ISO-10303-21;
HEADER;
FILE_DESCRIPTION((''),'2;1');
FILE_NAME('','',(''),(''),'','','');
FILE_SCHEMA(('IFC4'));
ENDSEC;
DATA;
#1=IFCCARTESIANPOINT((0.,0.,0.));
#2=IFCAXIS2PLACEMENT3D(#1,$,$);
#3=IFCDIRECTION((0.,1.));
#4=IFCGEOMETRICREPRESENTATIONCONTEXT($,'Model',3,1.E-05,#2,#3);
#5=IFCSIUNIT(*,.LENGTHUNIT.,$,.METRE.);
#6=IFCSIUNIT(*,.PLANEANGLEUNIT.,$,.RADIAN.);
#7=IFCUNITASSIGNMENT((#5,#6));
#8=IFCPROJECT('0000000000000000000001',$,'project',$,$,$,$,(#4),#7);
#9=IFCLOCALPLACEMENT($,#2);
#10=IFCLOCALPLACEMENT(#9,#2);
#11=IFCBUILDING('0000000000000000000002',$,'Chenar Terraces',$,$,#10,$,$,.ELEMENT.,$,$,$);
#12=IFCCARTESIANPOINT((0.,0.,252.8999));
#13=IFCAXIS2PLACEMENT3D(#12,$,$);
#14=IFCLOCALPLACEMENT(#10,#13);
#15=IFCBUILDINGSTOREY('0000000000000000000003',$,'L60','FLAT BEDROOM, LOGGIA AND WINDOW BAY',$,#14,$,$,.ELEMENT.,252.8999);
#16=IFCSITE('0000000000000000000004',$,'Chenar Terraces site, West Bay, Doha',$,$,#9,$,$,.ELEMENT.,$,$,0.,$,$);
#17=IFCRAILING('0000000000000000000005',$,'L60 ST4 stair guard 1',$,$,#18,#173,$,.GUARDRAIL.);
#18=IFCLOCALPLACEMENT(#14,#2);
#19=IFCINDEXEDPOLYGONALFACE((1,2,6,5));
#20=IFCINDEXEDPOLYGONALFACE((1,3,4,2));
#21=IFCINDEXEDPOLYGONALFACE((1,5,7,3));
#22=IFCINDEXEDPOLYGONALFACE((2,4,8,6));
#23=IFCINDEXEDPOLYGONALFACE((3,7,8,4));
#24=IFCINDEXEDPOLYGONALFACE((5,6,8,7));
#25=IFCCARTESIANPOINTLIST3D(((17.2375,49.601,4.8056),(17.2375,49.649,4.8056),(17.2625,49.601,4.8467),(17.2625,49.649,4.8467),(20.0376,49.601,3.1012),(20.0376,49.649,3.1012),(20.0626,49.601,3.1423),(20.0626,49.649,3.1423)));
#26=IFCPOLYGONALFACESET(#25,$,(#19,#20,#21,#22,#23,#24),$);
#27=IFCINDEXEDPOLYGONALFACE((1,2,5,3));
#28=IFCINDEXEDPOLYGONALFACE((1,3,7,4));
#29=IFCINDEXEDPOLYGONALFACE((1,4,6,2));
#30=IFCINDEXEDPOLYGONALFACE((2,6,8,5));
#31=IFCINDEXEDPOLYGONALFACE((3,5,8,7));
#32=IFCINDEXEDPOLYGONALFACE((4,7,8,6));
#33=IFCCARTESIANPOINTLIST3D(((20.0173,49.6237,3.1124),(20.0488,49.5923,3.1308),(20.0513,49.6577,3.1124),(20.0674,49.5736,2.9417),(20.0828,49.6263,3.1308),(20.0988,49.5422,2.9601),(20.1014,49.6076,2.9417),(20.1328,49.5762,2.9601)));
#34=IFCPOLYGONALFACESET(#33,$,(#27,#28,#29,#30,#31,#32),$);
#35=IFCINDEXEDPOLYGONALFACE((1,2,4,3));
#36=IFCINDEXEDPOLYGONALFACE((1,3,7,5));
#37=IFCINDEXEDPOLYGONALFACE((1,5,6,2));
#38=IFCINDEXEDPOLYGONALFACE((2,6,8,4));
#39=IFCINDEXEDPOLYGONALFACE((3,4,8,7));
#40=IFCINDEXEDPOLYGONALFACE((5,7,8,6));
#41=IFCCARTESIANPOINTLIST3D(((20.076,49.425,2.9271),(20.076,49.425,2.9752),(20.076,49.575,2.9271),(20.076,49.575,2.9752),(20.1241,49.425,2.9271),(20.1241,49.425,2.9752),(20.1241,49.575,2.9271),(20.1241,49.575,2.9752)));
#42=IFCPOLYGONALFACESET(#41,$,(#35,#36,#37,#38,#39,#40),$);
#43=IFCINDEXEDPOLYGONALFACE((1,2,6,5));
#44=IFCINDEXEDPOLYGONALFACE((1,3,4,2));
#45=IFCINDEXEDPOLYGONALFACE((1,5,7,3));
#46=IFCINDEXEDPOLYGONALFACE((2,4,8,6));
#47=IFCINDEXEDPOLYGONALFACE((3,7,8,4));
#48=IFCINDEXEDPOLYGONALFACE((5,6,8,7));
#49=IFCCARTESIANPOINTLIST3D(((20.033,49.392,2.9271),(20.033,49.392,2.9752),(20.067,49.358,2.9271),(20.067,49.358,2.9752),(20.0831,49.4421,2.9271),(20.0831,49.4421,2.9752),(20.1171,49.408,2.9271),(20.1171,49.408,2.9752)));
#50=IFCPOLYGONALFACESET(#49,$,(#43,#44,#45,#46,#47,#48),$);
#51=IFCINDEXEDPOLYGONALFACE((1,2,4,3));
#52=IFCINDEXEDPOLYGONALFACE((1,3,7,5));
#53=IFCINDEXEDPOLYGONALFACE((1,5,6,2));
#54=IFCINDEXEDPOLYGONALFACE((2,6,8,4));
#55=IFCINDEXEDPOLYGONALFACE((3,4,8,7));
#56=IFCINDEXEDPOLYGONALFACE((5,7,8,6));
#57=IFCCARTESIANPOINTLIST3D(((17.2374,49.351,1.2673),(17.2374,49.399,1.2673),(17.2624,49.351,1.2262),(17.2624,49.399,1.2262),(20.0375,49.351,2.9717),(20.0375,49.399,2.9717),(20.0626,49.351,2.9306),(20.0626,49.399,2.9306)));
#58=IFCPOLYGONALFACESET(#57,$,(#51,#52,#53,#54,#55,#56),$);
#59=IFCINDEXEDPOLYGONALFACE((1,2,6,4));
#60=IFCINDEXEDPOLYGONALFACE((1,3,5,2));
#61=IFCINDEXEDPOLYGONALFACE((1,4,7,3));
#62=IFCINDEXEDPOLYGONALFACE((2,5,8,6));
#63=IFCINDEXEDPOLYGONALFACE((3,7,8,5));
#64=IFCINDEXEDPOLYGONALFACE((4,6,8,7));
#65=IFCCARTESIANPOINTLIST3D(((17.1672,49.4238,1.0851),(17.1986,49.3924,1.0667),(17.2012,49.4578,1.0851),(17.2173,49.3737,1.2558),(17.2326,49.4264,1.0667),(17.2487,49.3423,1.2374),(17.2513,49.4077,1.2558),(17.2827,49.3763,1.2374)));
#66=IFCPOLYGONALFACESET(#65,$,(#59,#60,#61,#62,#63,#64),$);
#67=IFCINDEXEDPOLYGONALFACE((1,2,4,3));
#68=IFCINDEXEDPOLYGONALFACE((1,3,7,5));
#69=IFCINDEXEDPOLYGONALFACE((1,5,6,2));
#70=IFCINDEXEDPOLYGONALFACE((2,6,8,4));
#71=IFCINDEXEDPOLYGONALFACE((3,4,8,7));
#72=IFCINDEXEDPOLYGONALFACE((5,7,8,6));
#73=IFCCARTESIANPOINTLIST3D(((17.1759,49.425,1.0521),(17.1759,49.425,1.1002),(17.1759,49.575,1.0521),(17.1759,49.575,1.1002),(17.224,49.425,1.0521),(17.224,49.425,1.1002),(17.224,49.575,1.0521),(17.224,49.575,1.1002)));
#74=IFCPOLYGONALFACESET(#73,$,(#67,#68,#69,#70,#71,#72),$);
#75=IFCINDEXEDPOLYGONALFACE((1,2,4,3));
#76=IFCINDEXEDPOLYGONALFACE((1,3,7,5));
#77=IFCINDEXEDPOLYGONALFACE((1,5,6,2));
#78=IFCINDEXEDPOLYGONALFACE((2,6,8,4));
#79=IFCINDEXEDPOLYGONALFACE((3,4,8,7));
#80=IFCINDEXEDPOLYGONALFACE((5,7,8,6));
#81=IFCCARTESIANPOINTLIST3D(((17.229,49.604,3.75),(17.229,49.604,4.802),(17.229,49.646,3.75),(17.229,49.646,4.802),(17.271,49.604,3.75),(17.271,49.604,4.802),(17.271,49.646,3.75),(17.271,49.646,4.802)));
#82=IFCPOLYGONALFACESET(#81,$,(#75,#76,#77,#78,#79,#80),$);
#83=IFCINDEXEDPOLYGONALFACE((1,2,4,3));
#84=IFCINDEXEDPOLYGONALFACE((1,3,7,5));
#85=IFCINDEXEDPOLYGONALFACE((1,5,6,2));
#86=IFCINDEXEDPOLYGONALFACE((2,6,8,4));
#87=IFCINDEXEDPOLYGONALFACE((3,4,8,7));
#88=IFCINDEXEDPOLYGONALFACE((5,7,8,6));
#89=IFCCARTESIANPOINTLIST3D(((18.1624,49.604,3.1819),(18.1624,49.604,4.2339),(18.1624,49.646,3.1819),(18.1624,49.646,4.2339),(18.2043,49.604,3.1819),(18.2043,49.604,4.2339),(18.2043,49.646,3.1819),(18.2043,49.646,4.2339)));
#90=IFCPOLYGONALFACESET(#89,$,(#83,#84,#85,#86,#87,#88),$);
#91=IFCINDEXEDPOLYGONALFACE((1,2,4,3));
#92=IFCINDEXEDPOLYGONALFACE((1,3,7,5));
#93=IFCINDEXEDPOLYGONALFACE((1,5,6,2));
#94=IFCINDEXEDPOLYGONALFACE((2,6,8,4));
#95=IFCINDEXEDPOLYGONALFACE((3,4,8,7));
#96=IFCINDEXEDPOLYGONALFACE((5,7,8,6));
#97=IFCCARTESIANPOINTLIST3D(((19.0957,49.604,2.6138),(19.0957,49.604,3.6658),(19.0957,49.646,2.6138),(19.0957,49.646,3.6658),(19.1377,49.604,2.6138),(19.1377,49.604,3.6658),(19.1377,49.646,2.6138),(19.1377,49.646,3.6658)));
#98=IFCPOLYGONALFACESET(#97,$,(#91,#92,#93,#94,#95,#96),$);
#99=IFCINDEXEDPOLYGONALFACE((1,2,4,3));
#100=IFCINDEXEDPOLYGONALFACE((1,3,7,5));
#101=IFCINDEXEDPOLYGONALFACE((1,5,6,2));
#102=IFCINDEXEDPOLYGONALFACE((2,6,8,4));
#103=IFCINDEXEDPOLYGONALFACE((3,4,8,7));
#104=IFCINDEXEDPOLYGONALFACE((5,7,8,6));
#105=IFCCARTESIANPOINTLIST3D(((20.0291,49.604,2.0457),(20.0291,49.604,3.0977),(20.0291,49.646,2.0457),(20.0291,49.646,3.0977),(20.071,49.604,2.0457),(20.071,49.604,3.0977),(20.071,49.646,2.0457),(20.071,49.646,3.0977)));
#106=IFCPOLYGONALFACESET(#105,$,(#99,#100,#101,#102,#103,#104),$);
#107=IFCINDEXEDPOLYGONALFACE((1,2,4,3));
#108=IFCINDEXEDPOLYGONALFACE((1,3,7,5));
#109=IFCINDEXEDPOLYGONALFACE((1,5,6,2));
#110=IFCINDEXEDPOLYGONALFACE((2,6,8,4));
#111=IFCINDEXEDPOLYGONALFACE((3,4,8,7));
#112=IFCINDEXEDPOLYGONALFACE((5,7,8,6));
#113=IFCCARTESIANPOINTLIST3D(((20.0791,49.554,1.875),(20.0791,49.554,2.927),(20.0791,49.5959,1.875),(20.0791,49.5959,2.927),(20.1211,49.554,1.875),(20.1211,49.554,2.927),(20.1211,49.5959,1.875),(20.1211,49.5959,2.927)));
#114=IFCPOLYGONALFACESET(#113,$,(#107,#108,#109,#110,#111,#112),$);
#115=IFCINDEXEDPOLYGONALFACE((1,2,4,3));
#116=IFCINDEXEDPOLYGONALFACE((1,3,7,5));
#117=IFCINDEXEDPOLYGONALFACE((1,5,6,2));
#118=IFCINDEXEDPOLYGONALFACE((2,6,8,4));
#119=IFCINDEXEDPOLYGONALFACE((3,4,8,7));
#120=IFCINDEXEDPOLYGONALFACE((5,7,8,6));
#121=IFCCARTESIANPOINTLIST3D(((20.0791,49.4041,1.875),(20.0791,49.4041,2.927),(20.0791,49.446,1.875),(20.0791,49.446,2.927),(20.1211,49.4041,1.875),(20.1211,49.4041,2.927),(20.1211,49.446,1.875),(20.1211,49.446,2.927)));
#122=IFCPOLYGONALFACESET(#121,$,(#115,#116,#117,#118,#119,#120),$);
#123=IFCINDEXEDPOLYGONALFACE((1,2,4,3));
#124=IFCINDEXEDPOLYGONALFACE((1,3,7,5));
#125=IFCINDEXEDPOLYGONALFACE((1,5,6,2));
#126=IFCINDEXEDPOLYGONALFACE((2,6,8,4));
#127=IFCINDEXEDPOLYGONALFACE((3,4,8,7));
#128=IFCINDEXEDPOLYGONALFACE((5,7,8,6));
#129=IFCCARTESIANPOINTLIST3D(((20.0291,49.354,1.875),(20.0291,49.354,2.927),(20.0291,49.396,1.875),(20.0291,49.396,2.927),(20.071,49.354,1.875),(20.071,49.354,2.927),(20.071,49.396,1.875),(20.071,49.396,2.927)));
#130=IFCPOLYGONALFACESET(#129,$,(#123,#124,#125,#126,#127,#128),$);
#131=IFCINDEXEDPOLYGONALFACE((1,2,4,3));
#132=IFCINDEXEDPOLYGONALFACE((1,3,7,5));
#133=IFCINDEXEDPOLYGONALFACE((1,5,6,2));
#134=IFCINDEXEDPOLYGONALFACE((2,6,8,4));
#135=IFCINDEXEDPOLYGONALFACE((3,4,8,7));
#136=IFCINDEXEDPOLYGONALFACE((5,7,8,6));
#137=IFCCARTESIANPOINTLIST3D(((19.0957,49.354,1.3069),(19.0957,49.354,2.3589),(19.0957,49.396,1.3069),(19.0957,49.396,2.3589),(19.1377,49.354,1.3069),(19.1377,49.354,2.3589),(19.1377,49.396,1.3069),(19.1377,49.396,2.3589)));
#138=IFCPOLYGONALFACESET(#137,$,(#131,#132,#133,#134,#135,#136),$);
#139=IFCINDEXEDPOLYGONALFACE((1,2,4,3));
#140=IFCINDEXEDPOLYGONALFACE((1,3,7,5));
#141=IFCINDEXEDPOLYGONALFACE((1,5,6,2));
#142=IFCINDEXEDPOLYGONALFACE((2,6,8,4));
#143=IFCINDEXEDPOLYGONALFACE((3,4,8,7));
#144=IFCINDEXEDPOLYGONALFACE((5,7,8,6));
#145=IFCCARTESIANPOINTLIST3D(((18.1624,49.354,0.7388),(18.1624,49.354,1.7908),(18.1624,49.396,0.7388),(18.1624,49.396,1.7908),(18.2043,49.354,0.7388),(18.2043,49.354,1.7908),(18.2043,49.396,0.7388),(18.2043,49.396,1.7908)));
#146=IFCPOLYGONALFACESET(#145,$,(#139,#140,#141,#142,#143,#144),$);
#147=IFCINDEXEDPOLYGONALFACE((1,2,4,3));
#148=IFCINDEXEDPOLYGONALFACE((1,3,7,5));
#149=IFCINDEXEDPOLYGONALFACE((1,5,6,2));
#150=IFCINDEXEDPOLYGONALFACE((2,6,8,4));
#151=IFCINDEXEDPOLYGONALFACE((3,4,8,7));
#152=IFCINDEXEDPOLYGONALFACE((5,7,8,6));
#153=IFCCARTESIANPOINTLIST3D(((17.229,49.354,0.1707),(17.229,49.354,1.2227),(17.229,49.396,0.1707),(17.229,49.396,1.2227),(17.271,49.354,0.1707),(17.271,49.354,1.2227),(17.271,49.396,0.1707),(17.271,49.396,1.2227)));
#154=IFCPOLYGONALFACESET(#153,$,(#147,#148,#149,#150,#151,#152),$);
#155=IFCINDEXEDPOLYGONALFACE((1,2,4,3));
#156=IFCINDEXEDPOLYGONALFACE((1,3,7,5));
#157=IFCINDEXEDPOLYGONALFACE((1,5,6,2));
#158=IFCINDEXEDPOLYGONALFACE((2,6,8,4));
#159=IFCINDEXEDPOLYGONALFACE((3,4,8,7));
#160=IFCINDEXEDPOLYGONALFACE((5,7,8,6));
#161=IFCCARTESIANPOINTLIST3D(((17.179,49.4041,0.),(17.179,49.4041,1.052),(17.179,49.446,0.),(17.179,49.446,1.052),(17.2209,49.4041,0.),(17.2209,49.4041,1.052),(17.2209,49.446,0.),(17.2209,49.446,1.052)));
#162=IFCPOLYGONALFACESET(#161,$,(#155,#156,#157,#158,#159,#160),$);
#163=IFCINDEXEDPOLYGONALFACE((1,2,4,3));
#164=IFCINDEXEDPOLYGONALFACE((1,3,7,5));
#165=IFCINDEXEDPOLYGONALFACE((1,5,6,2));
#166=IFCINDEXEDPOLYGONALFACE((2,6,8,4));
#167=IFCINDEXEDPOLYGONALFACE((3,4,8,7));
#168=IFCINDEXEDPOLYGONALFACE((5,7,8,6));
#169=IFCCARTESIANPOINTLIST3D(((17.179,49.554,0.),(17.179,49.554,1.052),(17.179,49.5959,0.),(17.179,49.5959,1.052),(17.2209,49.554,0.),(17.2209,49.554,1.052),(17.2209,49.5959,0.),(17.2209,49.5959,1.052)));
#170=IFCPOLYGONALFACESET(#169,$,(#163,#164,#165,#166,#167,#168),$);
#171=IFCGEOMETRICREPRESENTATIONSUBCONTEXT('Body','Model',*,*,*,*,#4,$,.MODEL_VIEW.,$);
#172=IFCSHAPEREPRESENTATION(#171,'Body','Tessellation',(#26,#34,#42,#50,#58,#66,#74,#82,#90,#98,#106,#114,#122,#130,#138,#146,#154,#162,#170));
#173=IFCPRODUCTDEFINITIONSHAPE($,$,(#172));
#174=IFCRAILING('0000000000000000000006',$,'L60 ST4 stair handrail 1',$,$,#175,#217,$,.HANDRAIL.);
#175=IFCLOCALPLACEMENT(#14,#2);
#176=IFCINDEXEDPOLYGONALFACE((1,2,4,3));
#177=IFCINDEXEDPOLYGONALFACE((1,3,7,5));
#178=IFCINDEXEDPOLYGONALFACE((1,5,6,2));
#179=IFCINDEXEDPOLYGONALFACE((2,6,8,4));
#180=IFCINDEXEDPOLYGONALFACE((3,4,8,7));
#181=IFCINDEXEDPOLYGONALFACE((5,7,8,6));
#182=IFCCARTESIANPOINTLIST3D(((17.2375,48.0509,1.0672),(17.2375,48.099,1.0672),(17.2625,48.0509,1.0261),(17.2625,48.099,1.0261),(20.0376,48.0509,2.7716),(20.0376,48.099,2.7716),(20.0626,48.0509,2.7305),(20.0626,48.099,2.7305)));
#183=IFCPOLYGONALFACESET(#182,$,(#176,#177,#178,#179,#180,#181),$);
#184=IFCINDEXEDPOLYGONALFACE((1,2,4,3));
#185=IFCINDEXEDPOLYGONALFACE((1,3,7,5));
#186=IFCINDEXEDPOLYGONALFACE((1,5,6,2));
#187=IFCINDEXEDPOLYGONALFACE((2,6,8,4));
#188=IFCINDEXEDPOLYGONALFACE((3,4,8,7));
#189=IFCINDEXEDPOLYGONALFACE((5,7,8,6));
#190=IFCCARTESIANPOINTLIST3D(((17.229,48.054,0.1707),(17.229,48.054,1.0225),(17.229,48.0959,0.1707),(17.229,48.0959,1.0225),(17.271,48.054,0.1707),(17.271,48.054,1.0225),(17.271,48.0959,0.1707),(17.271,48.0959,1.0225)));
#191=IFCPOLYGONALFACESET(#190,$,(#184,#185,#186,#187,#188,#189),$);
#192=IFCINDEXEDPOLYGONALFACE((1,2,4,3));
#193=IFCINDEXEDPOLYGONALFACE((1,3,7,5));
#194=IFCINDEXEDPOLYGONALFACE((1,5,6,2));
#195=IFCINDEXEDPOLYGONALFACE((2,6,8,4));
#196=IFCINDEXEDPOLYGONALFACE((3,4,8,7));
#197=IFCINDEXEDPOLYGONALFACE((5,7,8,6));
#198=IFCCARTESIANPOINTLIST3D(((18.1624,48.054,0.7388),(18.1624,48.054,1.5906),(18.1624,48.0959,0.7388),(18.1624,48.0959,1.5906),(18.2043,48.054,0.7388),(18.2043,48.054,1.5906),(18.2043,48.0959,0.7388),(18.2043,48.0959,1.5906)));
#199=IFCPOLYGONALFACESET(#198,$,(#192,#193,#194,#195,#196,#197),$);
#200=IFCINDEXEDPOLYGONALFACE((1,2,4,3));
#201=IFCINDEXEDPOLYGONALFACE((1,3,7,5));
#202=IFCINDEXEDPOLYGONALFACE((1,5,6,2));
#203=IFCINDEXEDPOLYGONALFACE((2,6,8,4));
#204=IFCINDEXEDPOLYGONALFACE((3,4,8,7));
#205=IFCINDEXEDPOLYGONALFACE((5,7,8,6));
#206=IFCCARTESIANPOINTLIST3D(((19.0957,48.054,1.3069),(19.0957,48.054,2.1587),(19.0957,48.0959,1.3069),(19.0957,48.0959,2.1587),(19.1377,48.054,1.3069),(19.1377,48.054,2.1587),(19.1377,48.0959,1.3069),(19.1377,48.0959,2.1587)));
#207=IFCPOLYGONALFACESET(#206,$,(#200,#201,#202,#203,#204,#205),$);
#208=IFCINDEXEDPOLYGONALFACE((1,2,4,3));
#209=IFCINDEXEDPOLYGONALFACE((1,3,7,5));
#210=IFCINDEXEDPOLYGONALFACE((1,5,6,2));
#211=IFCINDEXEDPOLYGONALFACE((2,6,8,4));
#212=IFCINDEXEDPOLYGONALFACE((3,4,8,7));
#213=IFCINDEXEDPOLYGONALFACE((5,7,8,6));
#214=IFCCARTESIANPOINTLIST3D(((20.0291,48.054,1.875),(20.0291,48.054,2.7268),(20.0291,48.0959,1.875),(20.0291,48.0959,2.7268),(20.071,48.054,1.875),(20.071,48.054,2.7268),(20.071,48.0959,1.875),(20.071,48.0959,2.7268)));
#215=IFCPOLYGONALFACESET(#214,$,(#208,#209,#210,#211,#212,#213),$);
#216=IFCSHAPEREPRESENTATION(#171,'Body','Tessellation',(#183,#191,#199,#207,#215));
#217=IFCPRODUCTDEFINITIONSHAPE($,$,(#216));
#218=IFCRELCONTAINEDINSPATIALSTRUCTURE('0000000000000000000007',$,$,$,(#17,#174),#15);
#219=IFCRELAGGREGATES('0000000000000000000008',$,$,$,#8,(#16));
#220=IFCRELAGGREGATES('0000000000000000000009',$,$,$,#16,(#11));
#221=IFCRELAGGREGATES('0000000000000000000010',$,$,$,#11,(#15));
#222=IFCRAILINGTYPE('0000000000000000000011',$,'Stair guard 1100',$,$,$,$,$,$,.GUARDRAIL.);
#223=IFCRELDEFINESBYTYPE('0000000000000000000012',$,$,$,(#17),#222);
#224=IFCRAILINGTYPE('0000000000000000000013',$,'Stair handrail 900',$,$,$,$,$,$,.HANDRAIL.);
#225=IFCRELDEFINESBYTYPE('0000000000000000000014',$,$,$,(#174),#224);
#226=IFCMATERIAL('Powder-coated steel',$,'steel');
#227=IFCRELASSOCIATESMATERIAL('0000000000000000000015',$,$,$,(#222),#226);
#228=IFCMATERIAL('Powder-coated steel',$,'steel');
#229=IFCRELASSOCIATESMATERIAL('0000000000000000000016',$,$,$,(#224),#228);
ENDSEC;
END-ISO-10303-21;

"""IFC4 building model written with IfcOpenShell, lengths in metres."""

from ifc_helpers import new_model, si_unit, direction, frame, origin, origin_2d, place, context, subcontext, project, spatial, rectangle, extrude, material, type_object, element, save


model = new_model("IFC4")

# Units and contexts
model_context = context("Model", 3, precision=1e-05, world=origin(), true_north=direction((0.0, 1.0)))
body_context = subcontext(model_context, "Body", "Model", "MODEL_VIEW")
ifc_project = project(units=[si_unit("LENGTHUNIT", "METRE"), si_unit("PLANEANGLEUNIT", "RADIAN")], contexts=[model_context])

# Site, building, storey
site_placement = place(None, origin())
site = spatial("IfcSite", under=ifc_project, at=site_placement, Name="Chenar Terraces site, West Bay, Doha", CompositionType="ELEMENT", RefElevation=0.0)
building_placement = place(site_placement, origin())
building = spatial("IfcBuilding", under=site, at=building_placement, Name="Chenar Terraces", CompositionType="ELEMENT")
storey_placement = place(building_placement, frame((0.0, 0.0, 252.8999)))
storey = spatial("IfcBuildingStorey", under=building, at=storey_placement, Name="L60", Description="FLAT BEDROOM, LOGGIA AND WINDOW BAY", CompositionType="ELEMENT", Elevation=252.8999)

# Railings
ifc_material_1 = material(Name="Powder-coated steel", Category="steel")
railing_type_1 = type_object("IfcRailingType", Name="Stair guard 1100", PredefinedType="GUARDRAIL", material=ifc_material_1)
railing_1_placement = place(storey_placement, frame((17.25, 49.625, 3.75)))
element("IfcRailing", 1, at=railing_1_placement, inside=storey, type_object=railing_type_1, Name="L60 ST4 stair guard 1", PredefinedType="GUARDRAIL", context=body_context, shape_type="SweptSolid", body=[
    extrude(rectangle(XDim=0.0481, YDim=0.0481, at=origin_2d()), frame((0.0, 0.0, 1.0762), z_axis=(0.854203, 0.0, -0.51994), x_axis=(0.0, 1.0, 0.0)), (0.0, 0.0, 1.0), 3.2781),
    extrude(rectangle(XDim=0.0481, YDim=0.0481, at=origin_2d()), frame((2.8, 0.0, -0.6284), z_axis=(0.2709, -0.2709, -0.923703), x_axis=(0.707107, 0.707107, 0.0)), (0.0, 0.0, 1.0), 0.1848),
    extrude(rectangle(XDim=0.0481, YDim=0.0481, at=origin_2d()), frame((2.8501, -0.05, -0.7988), z_axis=(0.0, -1.0, 0.0), x_axis=(1.0, 0.0, 0.0)), (0.0, 0.0, 1.0), 0.1499),
    extrude(rectangle(XDim=0.0481, YDim=0.0481, at=origin_2d()), frame((2.8501, -0.2, -0.7988), z_axis=(-0.707107, -0.707107, 0.0), x_axis=(0.707107, -0.707107, 0.0)), (0.0, 0.0, 1.0), 0.0708),
    extrude(rectangle(XDim=0.0481, YDim=0.0481, at=origin_2d()), frame((2.8, -0.25, -0.7988), z_axis=(-0.854203, 0.0, -0.51994), x_axis=(0.0, -1.0, 0.0)), (0.0, 0.0, 1.0), 3.2781),
    extrude(rectangle(XDim=0.0481, YDim=0.0481, at=origin_2d()), frame((0.0, -0.25, -2.5034), z_axis=(-0.2709, 0.2709, -0.923703), x_axis=(-0.707107, -0.707107, 0.0)), (0.0, 0.0, 1.0), 0.1848),
    extrude(rectangle(XDim=0.0481, YDim=0.0481, at=origin_2d()), frame((-0.05, -0.2, -2.6738), z_axis=(0.0, 1.0, 0.0), x_axis=(-1.0, 0.0, 0.0)), (0.0, 0.0, 1.0), 0.1499),
    extrude(rectangle(XDim=0.042, YDim=0.042, at=origin_2d()), origin(), (0.0, 0.0, 1.0), 1.052),
    extrude(rectangle(XDim=0.042, YDim=0.042, at=origin_2d()), frame((0.9333, 0.0, -0.5681)), (0.0, 0.0, 1.0), 1.052),
    extrude(rectangle(XDim=0.042, YDim=0.042, at=origin_2d()), frame((1.8667, 0.0, -1.1362)), (0.0, 0.0, 1.0), 1.052),
    extrude(rectangle(XDim=0.042, YDim=0.042, at=origin_2d()), frame((2.8, 0.0, -1.7043)), (0.0, 0.0, 1.0), 1.052),
    extrude(rectangle(XDim=0.042, YDim=0.042, at=origin_2d()), frame((2.8501, -0.05, -1.875)), (0.0, 0.0, 1.0), 1.052),
    extrude(rectangle(XDim=0.042, YDim=0.042, at=origin_2d()), frame((2.8501, -0.2, -1.875)), (0.0, 0.0, 1.0), 1.052),
    extrude(rectangle(XDim=0.042, YDim=0.042, at=origin_2d()), frame((2.8, -0.25, -1.875)), (0.0, 0.0, 1.0), 1.052),
    extrude(rectangle(XDim=0.042, YDim=0.042, at=origin_2d()), frame((1.8667, -0.25, -2.4431)), (0.0, 0.0, 1.0), 1.052),
    extrude(rectangle(XDim=0.042, YDim=0.042, at=origin_2d()), frame((0.9333, -0.25, -3.0112)), (0.0, 0.0, 1.0), 1.052),
    extrude(rectangle(XDim=0.042, YDim=0.042, at=origin_2d()), frame((0.0, -0.25, -3.5793)), (0.0, 0.0, 1.0), 1.052),
    extrude(rectangle(XDim=0.042, YDim=0.042, at=origin_2d()), frame((-0.05, -0.2, -3.75)), (0.0, 0.0, 1.0), 1.052),
    extrude(rectangle(XDim=0.042, YDim=0.042, at=origin_2d()), frame((-0.05, -0.05, -3.75)), (0.0, 0.0, 1.0), 1.052),
])
ifc_material_2 = material(Name="Powder-coated steel", Category="steel")
railing_type_2 = type_object("IfcRailingType", Name="Stair handrail 900", PredefinedType="HANDRAIL", material=ifc_material_2)
railing_2_placement = place(storey_placement, frame((17.25, 48.075, 0.1707)))
element("IfcRailing", 2, at=railing_2_placement, inside=storey, type_object=railing_type_2, Name="L60 ST4 stair handrail 1", PredefinedType="HANDRAIL", context=body_context, shape_type="SweptSolid", body=[
    extrude(rectangle(XDim=0.0481, YDim=0.0481, at=origin_2d()), frame((0.0, 0.0, 0.876), z_axis=(0.854203, 0.0, 0.51994), x_axis=(0.0, 1.0, 0.0)), (0.0, 0.0, 1.0), 3.2781),
    extrude(rectangle(XDim=0.042, YDim=0.042, at=origin_2d()), origin(), (0.0, 0.0, 1.0), 0.8518),
    extrude(rectangle(XDim=0.042, YDim=0.042, at=origin_2d()), frame((0.9333, 0.0, 0.5681)), (0.0, 0.0, 1.0), 0.8518),
    extrude(rectangle(XDim=0.042, YDim=0.042, at=origin_2d()), frame((1.8667, 0.0, 1.1362)), (0.0, 0.0, 1.0), 0.8518),
    extrude(rectangle(XDim=0.042, YDim=0.042, at=origin_2d()), frame((2.8, 0.0, 1.7043)), (0.0, 0.0, 1.0), 0.8518),
])

save(model, "model.ifc")
